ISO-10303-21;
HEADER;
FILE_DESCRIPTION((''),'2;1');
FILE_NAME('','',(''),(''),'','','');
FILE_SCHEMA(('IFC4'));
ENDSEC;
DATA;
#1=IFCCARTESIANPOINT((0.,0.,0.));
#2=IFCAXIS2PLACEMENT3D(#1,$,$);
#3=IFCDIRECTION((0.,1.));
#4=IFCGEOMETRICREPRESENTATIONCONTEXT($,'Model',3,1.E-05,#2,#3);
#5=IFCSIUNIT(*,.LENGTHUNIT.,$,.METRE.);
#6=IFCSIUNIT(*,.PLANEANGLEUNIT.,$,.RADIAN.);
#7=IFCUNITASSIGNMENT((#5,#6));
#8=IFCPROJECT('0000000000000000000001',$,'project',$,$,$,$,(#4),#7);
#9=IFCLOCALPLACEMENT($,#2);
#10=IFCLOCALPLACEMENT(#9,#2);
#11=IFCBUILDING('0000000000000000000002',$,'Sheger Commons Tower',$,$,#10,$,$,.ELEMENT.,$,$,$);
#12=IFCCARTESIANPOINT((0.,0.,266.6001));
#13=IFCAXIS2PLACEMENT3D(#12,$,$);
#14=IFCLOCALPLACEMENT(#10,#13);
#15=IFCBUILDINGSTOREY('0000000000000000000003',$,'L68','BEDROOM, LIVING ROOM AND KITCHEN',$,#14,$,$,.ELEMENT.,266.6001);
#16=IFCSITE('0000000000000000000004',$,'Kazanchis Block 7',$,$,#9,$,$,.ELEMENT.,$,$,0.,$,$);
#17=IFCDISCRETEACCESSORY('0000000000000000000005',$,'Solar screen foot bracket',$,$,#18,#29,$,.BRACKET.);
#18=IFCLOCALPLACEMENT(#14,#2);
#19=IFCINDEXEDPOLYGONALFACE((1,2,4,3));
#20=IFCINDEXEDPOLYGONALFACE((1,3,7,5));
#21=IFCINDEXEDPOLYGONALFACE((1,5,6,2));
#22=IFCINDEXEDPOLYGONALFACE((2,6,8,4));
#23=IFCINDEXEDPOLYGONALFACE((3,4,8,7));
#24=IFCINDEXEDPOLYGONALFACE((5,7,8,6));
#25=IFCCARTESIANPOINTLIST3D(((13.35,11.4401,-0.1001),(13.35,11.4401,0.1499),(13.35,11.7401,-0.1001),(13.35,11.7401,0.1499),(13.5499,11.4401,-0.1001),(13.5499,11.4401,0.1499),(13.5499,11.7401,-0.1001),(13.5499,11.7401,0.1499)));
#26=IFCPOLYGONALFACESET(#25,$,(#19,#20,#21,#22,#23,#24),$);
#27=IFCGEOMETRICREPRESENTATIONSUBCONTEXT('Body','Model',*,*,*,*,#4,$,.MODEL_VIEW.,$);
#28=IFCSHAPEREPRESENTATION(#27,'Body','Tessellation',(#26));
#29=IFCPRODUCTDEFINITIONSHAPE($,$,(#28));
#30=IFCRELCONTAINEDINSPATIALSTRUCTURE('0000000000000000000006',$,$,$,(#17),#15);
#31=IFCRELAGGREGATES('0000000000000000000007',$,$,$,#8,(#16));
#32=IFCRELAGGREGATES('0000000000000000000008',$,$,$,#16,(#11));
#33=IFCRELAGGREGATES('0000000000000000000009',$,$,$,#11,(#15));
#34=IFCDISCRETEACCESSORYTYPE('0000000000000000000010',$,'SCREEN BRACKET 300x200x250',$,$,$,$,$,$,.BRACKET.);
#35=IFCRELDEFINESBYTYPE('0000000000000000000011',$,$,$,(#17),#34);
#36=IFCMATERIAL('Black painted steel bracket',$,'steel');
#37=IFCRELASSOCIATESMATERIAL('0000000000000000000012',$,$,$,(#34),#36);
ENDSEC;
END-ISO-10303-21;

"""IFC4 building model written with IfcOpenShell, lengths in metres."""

from ifc_helpers import new_model, si_unit, direction, frame, origin, origin_2d, place, context, subcontext, project, spatial, rectangle, extrude, material, type_object, element, save


model = new_model("IFC4")

# Units and contexts
model_context = context("Model", 3, precision=1e-05, world=origin(), true_north=direction((0.0, 1.0)))
body_context = subcontext(model_context, "Body", "Model", "MODEL_VIEW")
ifc_project = project(units=[si_unit("LENGTHUNIT", "METRE"), si_unit("PLANEANGLEUNIT", "RADIAN")], contexts=[model_context])

# Site, building, storey
site_placement = place(None, origin())
site = spatial("IfcSite", under=ifc_project, at=site_placement, Name="Kazanchis Block 7", CompositionType="ELEMENT", RefElevation=0.0)
building_placement = place(site_placement, origin())
building = spatial("IfcBuilding", under=site, at=building_placement, Name="Sheger Commons Tower", CompositionType="ELEMENT")
storey_placement = place(building_placement, frame((0.0, 0.0, 266.6001)))
storey = spatial("IfcBuildingStorey", under=building, at=storey_placement, Name="L68", Description="BEDROOM, LIVING ROOM AND KITCHEN", CompositionType="ELEMENT", Elevation=266.6001)

# Discrete accessory
ifc_material_1 = material(Name="Black painted steel bracket", Category="steel")
discrete_accessory_type = type_object("IfcDiscreteAccessoryType", Name="SCREEN BRACKET 300x200x250", PredefinedType="BRACKET", material=ifc_material_1)
discrete_accessory_placement = place(storey_placement, frame((13.45, 11.5901, -0.1001), z_axis=(0.0, 0.0, 1.0), x_axis=(0.0, -1.0, 0.0)))
element("IfcDiscreteAccessory", 1, at=discrete_accessory_placement, inside=storey, type_object=discrete_accessory_type, Name="Solar screen foot bracket", PredefinedType="BRACKET", context=body_context, shape_type="SweptSolid", body=[
    extrude(rectangle(XDim=0.3, YDim=0.2, at=origin_2d()), origin(), (0.0, 0.0, 1.0), 0.25),
])

save(model, "model.ifc")
